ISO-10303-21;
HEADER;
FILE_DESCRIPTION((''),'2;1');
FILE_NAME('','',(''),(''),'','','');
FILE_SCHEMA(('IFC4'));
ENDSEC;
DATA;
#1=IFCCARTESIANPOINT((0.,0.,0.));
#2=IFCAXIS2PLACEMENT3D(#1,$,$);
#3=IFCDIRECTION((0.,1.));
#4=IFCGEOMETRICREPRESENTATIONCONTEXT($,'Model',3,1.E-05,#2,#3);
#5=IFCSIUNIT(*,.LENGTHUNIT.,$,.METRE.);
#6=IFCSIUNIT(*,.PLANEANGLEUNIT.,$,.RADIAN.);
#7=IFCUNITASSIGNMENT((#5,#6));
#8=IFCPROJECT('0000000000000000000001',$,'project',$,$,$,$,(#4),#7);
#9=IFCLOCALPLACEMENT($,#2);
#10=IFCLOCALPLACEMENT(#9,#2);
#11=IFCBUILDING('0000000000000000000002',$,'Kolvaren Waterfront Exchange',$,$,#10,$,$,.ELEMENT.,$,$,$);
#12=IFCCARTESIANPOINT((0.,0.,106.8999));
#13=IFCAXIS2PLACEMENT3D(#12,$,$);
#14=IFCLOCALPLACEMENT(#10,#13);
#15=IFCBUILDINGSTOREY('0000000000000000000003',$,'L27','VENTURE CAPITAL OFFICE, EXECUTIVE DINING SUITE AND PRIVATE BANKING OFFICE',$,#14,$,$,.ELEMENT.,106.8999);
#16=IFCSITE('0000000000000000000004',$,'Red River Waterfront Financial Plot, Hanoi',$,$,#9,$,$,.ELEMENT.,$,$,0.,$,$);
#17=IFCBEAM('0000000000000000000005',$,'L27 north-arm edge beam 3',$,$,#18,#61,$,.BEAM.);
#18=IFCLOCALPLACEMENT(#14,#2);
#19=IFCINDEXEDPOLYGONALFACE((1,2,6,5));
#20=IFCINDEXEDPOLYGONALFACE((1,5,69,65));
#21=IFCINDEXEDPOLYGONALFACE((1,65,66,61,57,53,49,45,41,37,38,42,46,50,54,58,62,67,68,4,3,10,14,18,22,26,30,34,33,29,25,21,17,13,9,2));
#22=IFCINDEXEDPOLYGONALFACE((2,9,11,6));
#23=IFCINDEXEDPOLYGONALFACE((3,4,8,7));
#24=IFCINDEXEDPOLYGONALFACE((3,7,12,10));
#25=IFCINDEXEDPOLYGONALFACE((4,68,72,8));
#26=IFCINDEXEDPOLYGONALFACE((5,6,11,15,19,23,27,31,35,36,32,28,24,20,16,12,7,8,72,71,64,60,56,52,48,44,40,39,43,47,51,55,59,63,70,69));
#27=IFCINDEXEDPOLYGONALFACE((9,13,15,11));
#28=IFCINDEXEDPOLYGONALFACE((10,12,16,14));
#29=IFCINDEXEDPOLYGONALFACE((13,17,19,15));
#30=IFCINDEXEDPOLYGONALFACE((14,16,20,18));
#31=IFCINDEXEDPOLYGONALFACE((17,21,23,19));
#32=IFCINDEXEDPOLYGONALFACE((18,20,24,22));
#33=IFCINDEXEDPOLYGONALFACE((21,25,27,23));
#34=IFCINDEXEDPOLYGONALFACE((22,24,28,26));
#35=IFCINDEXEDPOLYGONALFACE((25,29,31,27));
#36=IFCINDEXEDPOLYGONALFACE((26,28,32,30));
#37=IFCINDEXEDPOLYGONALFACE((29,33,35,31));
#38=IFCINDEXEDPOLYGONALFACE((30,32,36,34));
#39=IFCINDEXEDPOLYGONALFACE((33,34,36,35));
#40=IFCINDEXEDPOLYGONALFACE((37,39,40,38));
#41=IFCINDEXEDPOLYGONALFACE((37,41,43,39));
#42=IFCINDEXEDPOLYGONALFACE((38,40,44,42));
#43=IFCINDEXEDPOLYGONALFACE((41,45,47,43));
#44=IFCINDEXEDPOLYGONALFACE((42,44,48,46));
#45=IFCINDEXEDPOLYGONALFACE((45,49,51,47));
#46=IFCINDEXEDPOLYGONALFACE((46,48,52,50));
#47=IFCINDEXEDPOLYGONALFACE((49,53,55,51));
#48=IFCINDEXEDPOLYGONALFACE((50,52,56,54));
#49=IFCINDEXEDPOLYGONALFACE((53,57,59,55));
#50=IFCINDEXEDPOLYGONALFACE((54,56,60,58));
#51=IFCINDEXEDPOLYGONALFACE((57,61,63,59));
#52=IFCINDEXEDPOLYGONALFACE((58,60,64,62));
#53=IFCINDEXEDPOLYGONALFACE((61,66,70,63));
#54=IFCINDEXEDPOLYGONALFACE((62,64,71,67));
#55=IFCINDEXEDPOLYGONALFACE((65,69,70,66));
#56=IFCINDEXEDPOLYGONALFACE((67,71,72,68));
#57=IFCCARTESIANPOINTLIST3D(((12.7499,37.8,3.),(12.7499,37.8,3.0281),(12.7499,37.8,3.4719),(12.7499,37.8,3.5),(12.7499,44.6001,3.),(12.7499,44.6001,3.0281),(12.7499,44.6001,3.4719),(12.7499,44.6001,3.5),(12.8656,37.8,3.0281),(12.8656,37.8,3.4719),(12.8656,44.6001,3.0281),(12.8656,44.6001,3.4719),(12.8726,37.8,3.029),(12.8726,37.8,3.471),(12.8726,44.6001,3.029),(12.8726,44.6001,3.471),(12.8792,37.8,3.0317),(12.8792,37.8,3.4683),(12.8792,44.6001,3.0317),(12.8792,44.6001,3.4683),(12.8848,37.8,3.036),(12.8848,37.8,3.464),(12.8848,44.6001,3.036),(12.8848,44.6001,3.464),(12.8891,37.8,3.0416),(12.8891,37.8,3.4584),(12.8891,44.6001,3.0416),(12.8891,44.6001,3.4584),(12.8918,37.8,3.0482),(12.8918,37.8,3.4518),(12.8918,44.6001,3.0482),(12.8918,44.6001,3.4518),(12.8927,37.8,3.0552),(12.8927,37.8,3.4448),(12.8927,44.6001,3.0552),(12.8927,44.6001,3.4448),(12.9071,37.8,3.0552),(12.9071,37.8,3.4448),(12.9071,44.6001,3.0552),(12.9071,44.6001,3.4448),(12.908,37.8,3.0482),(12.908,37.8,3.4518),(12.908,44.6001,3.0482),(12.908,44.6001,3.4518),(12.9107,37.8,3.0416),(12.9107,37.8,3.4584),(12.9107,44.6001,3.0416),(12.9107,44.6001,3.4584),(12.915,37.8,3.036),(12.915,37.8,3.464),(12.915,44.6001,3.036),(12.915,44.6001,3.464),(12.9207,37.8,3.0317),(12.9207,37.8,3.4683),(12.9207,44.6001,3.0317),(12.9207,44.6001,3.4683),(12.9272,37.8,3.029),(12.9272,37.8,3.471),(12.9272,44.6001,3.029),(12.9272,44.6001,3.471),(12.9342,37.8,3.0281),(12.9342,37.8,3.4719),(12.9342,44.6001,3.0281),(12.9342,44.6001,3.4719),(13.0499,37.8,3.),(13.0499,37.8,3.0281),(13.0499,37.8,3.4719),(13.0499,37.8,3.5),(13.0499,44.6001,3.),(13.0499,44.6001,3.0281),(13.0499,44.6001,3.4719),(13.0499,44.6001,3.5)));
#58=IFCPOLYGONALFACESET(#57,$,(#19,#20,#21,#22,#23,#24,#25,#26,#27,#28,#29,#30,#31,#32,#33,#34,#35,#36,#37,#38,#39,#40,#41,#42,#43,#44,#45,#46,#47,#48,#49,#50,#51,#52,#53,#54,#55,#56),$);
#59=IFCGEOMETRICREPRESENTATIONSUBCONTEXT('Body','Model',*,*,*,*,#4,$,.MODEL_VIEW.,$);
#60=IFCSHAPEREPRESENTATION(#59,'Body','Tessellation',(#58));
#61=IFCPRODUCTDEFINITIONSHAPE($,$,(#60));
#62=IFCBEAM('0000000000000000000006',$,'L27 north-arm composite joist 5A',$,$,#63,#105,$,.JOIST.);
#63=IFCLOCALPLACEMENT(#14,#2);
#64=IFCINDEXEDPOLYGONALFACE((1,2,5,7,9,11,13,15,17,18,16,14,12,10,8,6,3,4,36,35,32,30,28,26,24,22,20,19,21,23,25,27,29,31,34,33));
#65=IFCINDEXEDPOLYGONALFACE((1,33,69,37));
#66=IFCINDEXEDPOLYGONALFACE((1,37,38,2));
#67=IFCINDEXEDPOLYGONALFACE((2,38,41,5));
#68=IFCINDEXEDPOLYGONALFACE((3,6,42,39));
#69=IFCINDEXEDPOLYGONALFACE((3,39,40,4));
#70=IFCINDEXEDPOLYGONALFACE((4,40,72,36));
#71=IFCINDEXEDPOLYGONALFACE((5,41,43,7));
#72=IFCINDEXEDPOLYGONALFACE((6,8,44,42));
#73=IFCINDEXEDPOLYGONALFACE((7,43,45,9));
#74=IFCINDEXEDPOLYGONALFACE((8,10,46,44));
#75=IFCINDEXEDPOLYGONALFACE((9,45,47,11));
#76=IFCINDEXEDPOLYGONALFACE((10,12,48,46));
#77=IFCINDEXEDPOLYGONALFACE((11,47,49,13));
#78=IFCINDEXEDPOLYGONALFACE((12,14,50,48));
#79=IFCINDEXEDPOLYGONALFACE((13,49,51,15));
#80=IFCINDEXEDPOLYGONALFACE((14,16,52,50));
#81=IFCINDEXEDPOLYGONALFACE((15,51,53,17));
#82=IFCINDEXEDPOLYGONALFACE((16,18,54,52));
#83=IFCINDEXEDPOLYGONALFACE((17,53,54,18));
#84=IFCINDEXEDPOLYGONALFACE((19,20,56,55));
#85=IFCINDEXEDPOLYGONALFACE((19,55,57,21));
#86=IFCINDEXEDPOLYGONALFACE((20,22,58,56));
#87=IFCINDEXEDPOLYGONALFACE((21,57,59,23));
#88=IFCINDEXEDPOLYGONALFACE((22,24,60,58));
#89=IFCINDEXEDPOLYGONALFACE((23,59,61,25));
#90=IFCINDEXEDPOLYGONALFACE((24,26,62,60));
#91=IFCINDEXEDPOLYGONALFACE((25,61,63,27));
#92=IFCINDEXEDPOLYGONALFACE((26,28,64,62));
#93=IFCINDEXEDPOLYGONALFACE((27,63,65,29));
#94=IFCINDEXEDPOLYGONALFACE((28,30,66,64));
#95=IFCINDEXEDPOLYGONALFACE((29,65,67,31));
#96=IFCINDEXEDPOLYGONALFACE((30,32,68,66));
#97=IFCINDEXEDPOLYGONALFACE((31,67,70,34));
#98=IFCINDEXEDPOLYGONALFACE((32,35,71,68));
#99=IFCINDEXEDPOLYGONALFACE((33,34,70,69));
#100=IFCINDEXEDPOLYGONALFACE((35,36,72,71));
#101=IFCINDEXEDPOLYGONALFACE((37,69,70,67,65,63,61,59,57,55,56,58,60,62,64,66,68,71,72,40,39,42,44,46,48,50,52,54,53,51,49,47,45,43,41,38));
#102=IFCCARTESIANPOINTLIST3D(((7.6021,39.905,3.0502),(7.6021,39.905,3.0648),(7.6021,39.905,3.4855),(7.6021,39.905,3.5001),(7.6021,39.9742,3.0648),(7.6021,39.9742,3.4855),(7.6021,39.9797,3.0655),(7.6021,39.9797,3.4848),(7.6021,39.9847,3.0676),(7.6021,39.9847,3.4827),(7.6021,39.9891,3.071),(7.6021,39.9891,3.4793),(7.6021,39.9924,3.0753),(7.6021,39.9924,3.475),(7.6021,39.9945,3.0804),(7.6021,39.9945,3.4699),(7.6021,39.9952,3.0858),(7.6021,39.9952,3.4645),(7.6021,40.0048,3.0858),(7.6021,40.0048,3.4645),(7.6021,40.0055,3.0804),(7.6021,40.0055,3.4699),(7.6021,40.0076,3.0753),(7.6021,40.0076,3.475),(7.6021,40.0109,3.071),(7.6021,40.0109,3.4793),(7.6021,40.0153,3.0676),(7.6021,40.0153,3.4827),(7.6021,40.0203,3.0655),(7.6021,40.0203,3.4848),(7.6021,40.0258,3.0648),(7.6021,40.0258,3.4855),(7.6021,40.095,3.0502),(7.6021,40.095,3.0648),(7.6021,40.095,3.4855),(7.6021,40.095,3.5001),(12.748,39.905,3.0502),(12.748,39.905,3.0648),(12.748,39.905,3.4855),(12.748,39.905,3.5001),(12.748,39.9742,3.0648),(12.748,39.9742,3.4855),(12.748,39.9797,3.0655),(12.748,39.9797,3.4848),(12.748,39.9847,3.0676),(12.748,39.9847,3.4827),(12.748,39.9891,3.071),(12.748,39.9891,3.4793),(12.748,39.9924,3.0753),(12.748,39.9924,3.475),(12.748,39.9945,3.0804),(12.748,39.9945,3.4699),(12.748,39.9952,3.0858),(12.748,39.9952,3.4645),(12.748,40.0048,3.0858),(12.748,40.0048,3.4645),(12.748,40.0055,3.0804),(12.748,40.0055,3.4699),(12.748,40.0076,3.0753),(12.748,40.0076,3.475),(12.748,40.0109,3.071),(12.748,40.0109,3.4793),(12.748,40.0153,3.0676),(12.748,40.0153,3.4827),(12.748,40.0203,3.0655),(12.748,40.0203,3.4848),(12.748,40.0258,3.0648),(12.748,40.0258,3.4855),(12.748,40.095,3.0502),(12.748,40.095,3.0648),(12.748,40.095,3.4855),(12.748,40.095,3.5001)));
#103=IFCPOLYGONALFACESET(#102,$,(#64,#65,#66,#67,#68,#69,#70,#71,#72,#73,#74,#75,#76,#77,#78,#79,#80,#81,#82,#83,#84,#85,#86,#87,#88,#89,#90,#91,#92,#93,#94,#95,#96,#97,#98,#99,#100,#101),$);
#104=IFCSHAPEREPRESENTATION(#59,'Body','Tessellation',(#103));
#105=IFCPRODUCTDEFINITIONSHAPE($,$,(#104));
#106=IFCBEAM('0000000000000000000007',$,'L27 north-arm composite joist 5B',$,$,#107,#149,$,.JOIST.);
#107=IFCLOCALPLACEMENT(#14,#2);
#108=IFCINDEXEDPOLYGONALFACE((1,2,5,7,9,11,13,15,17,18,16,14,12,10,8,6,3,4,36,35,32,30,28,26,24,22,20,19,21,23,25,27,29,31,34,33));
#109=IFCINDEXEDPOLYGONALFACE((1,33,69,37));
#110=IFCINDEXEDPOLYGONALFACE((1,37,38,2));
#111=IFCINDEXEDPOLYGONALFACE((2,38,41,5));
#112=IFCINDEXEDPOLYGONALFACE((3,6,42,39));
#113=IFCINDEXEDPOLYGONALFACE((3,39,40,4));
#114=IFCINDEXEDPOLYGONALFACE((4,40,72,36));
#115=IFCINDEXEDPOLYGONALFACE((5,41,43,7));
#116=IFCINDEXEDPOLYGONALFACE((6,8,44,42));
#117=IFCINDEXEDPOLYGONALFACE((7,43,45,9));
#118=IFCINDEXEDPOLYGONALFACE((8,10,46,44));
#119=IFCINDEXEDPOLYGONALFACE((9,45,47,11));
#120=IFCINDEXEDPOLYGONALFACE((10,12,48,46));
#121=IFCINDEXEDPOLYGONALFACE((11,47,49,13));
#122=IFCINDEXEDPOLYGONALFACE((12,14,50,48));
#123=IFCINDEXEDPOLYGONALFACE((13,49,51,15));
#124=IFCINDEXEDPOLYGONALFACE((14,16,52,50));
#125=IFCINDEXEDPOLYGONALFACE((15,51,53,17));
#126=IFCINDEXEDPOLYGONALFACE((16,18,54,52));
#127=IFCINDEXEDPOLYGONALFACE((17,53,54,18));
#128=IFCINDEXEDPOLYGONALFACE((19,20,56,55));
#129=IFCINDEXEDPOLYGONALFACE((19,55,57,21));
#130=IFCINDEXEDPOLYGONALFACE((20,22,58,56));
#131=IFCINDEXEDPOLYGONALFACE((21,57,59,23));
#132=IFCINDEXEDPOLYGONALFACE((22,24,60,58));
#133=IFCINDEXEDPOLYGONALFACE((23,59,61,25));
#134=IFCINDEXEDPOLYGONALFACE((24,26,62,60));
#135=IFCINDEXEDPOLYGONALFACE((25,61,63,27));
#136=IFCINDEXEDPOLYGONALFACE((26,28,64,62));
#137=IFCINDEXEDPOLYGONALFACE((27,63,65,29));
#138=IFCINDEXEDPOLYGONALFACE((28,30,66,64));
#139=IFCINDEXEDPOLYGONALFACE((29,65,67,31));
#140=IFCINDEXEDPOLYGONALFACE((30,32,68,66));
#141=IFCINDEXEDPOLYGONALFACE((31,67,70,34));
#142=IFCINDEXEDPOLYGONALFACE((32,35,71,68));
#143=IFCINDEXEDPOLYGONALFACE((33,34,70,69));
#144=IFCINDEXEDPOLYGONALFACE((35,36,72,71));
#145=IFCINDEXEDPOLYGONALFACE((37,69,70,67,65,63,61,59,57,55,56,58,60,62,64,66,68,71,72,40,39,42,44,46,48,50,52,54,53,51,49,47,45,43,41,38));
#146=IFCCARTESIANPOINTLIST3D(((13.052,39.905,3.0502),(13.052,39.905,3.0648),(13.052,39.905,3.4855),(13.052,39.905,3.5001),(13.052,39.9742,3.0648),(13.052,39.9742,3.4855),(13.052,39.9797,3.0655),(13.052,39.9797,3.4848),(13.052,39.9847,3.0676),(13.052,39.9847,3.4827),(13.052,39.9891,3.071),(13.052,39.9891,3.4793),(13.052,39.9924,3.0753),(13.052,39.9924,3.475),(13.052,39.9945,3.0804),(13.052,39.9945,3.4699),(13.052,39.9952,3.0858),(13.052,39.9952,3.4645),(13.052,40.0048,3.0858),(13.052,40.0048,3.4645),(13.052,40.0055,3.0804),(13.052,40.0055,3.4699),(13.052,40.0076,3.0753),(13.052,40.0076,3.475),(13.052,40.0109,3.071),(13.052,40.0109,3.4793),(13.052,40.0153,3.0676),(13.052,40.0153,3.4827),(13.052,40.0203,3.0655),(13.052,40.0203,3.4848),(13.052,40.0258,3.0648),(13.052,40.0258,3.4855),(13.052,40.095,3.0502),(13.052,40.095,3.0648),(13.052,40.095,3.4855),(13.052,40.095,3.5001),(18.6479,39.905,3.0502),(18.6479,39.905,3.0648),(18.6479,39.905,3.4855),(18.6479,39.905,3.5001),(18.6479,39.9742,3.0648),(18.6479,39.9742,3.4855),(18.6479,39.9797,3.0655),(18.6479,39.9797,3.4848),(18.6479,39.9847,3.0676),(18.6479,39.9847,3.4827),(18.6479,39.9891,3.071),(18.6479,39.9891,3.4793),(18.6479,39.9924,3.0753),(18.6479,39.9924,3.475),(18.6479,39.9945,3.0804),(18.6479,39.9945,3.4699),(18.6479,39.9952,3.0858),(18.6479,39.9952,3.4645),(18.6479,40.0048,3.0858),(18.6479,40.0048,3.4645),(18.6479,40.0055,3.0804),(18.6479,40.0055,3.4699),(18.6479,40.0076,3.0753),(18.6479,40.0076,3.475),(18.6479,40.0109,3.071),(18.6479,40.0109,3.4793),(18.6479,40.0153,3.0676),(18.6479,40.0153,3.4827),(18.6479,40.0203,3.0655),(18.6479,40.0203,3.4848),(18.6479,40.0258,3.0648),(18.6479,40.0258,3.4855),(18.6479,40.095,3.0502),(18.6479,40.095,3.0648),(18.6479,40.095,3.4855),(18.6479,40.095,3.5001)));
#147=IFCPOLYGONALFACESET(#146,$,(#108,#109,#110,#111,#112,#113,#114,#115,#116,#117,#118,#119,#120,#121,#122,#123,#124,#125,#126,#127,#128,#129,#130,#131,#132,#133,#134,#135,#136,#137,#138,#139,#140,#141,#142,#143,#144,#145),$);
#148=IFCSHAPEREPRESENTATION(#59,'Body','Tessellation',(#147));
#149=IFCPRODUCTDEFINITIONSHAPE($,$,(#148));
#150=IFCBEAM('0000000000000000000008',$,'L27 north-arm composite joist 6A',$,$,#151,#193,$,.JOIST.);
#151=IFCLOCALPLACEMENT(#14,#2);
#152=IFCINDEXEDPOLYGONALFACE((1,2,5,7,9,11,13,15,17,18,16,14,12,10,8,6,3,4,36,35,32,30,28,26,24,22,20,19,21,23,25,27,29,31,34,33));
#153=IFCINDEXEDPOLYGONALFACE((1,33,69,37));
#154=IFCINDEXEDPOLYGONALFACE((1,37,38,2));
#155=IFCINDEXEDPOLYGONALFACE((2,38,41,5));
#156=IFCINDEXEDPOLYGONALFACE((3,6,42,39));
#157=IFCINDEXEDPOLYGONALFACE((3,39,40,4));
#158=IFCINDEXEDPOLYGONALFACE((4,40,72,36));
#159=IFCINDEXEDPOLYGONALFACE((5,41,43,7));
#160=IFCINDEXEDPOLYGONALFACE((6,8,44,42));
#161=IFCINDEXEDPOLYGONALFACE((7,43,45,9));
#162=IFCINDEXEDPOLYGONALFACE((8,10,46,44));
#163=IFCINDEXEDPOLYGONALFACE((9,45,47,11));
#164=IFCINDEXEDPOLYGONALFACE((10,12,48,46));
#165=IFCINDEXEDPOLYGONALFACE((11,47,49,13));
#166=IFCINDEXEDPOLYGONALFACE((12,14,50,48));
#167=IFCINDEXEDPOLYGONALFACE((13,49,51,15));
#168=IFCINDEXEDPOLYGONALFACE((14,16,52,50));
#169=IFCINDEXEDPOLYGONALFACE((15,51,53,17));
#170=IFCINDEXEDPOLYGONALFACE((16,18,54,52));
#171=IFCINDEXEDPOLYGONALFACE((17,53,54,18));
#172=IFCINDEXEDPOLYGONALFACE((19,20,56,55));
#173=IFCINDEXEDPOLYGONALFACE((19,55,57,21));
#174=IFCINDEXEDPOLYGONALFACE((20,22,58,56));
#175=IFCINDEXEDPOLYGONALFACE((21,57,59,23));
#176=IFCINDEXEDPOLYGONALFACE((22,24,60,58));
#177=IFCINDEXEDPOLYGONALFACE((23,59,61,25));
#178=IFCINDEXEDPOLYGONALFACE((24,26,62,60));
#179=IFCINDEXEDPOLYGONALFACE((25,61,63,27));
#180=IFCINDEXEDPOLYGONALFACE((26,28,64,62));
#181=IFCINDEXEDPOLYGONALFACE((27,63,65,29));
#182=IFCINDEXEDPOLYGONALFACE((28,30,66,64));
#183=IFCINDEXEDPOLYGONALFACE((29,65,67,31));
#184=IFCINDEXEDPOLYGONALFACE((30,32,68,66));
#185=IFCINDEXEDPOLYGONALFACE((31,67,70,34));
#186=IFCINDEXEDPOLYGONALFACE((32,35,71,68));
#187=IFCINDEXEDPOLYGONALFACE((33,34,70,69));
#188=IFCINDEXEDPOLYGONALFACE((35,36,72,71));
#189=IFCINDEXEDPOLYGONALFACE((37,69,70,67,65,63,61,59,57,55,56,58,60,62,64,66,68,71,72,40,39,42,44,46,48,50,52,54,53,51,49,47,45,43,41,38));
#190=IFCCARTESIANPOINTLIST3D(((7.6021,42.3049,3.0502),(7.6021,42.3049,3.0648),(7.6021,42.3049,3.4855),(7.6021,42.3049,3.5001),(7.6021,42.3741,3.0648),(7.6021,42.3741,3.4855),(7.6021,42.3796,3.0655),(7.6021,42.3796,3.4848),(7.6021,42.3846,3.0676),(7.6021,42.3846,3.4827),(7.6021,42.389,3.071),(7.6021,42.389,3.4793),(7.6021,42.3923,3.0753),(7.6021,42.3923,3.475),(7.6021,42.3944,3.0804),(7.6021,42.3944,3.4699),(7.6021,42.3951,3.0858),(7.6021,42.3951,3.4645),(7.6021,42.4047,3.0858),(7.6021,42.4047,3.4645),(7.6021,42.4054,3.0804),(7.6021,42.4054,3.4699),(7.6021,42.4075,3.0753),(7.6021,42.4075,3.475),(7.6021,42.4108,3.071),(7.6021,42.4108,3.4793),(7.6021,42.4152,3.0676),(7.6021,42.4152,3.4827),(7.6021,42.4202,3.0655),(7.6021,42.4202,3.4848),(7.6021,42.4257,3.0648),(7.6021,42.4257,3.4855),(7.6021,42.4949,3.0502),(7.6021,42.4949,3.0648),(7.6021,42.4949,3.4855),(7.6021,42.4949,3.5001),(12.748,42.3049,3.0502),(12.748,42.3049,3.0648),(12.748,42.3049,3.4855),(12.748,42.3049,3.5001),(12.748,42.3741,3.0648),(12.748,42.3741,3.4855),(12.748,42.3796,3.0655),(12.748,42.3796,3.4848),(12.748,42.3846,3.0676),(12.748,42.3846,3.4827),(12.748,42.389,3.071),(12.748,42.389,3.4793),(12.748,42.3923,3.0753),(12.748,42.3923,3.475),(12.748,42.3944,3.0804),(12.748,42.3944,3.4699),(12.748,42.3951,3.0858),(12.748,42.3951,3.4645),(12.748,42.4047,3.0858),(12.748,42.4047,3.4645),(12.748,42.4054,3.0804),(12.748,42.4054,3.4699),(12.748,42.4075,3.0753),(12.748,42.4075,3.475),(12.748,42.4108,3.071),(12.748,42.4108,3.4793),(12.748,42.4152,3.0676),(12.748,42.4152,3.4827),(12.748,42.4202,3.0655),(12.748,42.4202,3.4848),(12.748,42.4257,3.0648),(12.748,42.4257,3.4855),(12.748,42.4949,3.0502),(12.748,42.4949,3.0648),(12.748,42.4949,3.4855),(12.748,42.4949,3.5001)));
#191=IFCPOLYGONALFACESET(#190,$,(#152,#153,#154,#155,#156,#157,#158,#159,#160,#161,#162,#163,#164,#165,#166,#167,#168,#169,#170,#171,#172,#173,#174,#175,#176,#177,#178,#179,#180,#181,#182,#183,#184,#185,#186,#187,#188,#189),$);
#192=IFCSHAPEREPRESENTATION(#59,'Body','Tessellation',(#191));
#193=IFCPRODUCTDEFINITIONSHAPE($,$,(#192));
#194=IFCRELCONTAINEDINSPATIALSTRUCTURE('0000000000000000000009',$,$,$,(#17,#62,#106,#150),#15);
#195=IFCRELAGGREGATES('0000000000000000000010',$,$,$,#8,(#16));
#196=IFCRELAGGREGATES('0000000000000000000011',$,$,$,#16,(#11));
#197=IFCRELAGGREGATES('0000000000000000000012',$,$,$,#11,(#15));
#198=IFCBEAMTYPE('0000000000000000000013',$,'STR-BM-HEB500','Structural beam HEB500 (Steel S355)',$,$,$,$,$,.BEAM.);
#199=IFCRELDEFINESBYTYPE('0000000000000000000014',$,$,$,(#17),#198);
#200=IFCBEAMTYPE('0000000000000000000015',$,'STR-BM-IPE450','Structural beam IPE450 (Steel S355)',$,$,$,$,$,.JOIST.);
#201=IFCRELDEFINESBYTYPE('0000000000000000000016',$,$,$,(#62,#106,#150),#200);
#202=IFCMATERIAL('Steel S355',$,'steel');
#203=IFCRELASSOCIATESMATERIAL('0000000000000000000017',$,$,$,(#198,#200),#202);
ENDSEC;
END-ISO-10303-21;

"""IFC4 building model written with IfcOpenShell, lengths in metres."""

from ifc_helpers import new_model, si_unit, direction, frame, origin, origin_2d, place, context, subcontext, project, spatial, i_section, extrude, material, material_profile, profile_set, type_object, element, save


model = new_model("IFC4")

# Units and contexts
model_context = context("Model", 3, precision=1e-05, world=origin(), true_north=direction((0.0, 1.0)))
body_context = subcontext(model_context, "Body", "Model", "MODEL_VIEW")
ifc_project = project(units=[si_unit("LENGTHUNIT", "METRE"), si_unit("PLANEANGLEUNIT", "RADIAN")], contexts=[model_context])

# Site, building, storey
site_placement = place(None, origin())
site = spatial("IfcSite", under=ifc_project, at=site_placement, Name="Red River Waterfront Financial Plot, Hanoi", CompositionType="ELEMENT", RefElevation=0.0)
building_placement = place(site_placement, origin())
building = spatial("IfcBuilding", under=site, at=building_placement, Name="Kolvaren Waterfront Exchange", CompositionType="ELEMENT")
storey_placement = place(building_placement, frame((0.0, 0.0, 106.8999)))
storey = spatial("IfcBuildingStorey", under=building, at=storey_placement, Name="L27", Description="VENTURE CAPITAL OFFICE, EXECUTIVE DINING SUITE AND PRIVATE BANKING OFFICE", CompositionType="ELEMENT", Elevation=106.8999)

# Beams
ifc_material_1 = material(Name="Steel S355", Category="steel")
ifc_material_profile_1 = material_profile(ifc_material_1, i_section(OverallWidth=0.3, OverallDepth=0.5, WebThickness=0.0144, FlangeThickness=0.0281, FilletRadius=0.0271, at=origin_2d()), Name="HEB500")
ifc_profile_set_1 = profile_set([ifc_material_profile_1], Name="Steel S355")
beam_type_1 = type_object("IfcBeamType", Name="STR-BM-HEB500", Description="Structural beam HEB500 (Steel S355)", PredefinedType="BEAM", material=ifc_profile_set_1)
beam_1_placement = place(storey_placement, frame((12.8999, 37.8, 3.25), z_axis=(0.0, 1.0, 0.0), x_axis=(-1.0, 0.0, 0.0)))
element("IfcBeam", 1, at=beam_1_placement, inside=storey, type_object=beam_type_1, Name="L27 north-arm edge beam 3", PredefinedType="BEAM", context=body_context, shape_type="SweptSolid", body=[
    extrude(i_section(OverallWidth=0.3, OverallDepth=0.5, WebThickness=0.0144, FlangeThickness=0.0281, FilletRadius=0.0271, at=origin_2d()), origin(), (0.0, 0.0, 1.0), 6.8),
])
ifc_material_profile_2 = material_profile(ifc_material_1, i_section(OverallWidth=0.1899, OverallDepth=0.45, WebThickness=0.0095, FlangeThickness=0.0146, FilletRadius=0.021, at=origin_2d()), Name="IPE450")
ifc_profile_set_2 = profile_set([ifc_material_profile_2], Name="Steel S355")
beam_type_2 = type_object("IfcBeamType", Name="STR-BM-IPE450", Description="Structural beam IPE450 (Steel S355)", PredefinedType="JOIST", material=ifc_profile_set_2)
beam_2_placement = place(storey_placement, frame((7.6021, 40.0, 3.2751), z_axis=(1.0, 0.0, 0.0), x_axis=(0.0, 1.0, 0.0)))
element("IfcBeam", 2, at=beam_2_placement, inside=storey, type_object=beam_type_2, Name="L27 north-arm composite joist 5A", PredefinedType="JOIST", context=body_context, shape_type="SweptSolid", body=[
    extrude(i_section(OverallWidth=0.1899, OverallDepth=0.45, WebThickness=0.0095, FlangeThickness=0.0146, FilletRadius=0.021, at=origin_2d()), origin(), (0.0, 0.0, 1.0), 5.146),
])
beam_3_placement = place(storey_placement, frame((13.052, 40.0, 3.2751), z_axis=(1.0, 0.0, 0.0), x_axis=(0.0, 1.0, 0.0)))
element("IfcBeam", 3, at=beam_3_placement, inside=storey, type_object=beam_type_2, Name="L27 north-arm composite joist 5B", PredefinedType="JOIST", context=body_context, shape_type="SweptSolid", body=[
    extrude(i_section(OverallWidth=0.1899, OverallDepth=0.45, WebThickness=0.0095, FlangeThickness=0.0146, FilletRadius=0.021, at=origin_2d()), origin(), (0.0, 0.0, 1.0), 5.5959),
])
beam_4_placement = place(storey_placement, frame((7.6021, 42.3999, 3.2751), z_axis=(1.0, 0.0, 0.0), x_axis=(0.0, 1.0, 0.0)))
element("IfcBeam", 4, at=beam_4_placement, inside=storey, type_object=beam_type_2, Name="L27 north-arm composite joist 6A", PredefinedType="JOIST", context=body_context, shape_type="SweptSolid", body=[
    extrude(i_section(OverallWidth=0.1899, OverallDepth=0.45, WebThickness=0.0095, FlangeThickness=0.0146, FilletRadius=0.021, at=origin_2d()), origin(), (0.0, 0.0, 1.0), 5.146),
])

save(model, "model.ifc")
